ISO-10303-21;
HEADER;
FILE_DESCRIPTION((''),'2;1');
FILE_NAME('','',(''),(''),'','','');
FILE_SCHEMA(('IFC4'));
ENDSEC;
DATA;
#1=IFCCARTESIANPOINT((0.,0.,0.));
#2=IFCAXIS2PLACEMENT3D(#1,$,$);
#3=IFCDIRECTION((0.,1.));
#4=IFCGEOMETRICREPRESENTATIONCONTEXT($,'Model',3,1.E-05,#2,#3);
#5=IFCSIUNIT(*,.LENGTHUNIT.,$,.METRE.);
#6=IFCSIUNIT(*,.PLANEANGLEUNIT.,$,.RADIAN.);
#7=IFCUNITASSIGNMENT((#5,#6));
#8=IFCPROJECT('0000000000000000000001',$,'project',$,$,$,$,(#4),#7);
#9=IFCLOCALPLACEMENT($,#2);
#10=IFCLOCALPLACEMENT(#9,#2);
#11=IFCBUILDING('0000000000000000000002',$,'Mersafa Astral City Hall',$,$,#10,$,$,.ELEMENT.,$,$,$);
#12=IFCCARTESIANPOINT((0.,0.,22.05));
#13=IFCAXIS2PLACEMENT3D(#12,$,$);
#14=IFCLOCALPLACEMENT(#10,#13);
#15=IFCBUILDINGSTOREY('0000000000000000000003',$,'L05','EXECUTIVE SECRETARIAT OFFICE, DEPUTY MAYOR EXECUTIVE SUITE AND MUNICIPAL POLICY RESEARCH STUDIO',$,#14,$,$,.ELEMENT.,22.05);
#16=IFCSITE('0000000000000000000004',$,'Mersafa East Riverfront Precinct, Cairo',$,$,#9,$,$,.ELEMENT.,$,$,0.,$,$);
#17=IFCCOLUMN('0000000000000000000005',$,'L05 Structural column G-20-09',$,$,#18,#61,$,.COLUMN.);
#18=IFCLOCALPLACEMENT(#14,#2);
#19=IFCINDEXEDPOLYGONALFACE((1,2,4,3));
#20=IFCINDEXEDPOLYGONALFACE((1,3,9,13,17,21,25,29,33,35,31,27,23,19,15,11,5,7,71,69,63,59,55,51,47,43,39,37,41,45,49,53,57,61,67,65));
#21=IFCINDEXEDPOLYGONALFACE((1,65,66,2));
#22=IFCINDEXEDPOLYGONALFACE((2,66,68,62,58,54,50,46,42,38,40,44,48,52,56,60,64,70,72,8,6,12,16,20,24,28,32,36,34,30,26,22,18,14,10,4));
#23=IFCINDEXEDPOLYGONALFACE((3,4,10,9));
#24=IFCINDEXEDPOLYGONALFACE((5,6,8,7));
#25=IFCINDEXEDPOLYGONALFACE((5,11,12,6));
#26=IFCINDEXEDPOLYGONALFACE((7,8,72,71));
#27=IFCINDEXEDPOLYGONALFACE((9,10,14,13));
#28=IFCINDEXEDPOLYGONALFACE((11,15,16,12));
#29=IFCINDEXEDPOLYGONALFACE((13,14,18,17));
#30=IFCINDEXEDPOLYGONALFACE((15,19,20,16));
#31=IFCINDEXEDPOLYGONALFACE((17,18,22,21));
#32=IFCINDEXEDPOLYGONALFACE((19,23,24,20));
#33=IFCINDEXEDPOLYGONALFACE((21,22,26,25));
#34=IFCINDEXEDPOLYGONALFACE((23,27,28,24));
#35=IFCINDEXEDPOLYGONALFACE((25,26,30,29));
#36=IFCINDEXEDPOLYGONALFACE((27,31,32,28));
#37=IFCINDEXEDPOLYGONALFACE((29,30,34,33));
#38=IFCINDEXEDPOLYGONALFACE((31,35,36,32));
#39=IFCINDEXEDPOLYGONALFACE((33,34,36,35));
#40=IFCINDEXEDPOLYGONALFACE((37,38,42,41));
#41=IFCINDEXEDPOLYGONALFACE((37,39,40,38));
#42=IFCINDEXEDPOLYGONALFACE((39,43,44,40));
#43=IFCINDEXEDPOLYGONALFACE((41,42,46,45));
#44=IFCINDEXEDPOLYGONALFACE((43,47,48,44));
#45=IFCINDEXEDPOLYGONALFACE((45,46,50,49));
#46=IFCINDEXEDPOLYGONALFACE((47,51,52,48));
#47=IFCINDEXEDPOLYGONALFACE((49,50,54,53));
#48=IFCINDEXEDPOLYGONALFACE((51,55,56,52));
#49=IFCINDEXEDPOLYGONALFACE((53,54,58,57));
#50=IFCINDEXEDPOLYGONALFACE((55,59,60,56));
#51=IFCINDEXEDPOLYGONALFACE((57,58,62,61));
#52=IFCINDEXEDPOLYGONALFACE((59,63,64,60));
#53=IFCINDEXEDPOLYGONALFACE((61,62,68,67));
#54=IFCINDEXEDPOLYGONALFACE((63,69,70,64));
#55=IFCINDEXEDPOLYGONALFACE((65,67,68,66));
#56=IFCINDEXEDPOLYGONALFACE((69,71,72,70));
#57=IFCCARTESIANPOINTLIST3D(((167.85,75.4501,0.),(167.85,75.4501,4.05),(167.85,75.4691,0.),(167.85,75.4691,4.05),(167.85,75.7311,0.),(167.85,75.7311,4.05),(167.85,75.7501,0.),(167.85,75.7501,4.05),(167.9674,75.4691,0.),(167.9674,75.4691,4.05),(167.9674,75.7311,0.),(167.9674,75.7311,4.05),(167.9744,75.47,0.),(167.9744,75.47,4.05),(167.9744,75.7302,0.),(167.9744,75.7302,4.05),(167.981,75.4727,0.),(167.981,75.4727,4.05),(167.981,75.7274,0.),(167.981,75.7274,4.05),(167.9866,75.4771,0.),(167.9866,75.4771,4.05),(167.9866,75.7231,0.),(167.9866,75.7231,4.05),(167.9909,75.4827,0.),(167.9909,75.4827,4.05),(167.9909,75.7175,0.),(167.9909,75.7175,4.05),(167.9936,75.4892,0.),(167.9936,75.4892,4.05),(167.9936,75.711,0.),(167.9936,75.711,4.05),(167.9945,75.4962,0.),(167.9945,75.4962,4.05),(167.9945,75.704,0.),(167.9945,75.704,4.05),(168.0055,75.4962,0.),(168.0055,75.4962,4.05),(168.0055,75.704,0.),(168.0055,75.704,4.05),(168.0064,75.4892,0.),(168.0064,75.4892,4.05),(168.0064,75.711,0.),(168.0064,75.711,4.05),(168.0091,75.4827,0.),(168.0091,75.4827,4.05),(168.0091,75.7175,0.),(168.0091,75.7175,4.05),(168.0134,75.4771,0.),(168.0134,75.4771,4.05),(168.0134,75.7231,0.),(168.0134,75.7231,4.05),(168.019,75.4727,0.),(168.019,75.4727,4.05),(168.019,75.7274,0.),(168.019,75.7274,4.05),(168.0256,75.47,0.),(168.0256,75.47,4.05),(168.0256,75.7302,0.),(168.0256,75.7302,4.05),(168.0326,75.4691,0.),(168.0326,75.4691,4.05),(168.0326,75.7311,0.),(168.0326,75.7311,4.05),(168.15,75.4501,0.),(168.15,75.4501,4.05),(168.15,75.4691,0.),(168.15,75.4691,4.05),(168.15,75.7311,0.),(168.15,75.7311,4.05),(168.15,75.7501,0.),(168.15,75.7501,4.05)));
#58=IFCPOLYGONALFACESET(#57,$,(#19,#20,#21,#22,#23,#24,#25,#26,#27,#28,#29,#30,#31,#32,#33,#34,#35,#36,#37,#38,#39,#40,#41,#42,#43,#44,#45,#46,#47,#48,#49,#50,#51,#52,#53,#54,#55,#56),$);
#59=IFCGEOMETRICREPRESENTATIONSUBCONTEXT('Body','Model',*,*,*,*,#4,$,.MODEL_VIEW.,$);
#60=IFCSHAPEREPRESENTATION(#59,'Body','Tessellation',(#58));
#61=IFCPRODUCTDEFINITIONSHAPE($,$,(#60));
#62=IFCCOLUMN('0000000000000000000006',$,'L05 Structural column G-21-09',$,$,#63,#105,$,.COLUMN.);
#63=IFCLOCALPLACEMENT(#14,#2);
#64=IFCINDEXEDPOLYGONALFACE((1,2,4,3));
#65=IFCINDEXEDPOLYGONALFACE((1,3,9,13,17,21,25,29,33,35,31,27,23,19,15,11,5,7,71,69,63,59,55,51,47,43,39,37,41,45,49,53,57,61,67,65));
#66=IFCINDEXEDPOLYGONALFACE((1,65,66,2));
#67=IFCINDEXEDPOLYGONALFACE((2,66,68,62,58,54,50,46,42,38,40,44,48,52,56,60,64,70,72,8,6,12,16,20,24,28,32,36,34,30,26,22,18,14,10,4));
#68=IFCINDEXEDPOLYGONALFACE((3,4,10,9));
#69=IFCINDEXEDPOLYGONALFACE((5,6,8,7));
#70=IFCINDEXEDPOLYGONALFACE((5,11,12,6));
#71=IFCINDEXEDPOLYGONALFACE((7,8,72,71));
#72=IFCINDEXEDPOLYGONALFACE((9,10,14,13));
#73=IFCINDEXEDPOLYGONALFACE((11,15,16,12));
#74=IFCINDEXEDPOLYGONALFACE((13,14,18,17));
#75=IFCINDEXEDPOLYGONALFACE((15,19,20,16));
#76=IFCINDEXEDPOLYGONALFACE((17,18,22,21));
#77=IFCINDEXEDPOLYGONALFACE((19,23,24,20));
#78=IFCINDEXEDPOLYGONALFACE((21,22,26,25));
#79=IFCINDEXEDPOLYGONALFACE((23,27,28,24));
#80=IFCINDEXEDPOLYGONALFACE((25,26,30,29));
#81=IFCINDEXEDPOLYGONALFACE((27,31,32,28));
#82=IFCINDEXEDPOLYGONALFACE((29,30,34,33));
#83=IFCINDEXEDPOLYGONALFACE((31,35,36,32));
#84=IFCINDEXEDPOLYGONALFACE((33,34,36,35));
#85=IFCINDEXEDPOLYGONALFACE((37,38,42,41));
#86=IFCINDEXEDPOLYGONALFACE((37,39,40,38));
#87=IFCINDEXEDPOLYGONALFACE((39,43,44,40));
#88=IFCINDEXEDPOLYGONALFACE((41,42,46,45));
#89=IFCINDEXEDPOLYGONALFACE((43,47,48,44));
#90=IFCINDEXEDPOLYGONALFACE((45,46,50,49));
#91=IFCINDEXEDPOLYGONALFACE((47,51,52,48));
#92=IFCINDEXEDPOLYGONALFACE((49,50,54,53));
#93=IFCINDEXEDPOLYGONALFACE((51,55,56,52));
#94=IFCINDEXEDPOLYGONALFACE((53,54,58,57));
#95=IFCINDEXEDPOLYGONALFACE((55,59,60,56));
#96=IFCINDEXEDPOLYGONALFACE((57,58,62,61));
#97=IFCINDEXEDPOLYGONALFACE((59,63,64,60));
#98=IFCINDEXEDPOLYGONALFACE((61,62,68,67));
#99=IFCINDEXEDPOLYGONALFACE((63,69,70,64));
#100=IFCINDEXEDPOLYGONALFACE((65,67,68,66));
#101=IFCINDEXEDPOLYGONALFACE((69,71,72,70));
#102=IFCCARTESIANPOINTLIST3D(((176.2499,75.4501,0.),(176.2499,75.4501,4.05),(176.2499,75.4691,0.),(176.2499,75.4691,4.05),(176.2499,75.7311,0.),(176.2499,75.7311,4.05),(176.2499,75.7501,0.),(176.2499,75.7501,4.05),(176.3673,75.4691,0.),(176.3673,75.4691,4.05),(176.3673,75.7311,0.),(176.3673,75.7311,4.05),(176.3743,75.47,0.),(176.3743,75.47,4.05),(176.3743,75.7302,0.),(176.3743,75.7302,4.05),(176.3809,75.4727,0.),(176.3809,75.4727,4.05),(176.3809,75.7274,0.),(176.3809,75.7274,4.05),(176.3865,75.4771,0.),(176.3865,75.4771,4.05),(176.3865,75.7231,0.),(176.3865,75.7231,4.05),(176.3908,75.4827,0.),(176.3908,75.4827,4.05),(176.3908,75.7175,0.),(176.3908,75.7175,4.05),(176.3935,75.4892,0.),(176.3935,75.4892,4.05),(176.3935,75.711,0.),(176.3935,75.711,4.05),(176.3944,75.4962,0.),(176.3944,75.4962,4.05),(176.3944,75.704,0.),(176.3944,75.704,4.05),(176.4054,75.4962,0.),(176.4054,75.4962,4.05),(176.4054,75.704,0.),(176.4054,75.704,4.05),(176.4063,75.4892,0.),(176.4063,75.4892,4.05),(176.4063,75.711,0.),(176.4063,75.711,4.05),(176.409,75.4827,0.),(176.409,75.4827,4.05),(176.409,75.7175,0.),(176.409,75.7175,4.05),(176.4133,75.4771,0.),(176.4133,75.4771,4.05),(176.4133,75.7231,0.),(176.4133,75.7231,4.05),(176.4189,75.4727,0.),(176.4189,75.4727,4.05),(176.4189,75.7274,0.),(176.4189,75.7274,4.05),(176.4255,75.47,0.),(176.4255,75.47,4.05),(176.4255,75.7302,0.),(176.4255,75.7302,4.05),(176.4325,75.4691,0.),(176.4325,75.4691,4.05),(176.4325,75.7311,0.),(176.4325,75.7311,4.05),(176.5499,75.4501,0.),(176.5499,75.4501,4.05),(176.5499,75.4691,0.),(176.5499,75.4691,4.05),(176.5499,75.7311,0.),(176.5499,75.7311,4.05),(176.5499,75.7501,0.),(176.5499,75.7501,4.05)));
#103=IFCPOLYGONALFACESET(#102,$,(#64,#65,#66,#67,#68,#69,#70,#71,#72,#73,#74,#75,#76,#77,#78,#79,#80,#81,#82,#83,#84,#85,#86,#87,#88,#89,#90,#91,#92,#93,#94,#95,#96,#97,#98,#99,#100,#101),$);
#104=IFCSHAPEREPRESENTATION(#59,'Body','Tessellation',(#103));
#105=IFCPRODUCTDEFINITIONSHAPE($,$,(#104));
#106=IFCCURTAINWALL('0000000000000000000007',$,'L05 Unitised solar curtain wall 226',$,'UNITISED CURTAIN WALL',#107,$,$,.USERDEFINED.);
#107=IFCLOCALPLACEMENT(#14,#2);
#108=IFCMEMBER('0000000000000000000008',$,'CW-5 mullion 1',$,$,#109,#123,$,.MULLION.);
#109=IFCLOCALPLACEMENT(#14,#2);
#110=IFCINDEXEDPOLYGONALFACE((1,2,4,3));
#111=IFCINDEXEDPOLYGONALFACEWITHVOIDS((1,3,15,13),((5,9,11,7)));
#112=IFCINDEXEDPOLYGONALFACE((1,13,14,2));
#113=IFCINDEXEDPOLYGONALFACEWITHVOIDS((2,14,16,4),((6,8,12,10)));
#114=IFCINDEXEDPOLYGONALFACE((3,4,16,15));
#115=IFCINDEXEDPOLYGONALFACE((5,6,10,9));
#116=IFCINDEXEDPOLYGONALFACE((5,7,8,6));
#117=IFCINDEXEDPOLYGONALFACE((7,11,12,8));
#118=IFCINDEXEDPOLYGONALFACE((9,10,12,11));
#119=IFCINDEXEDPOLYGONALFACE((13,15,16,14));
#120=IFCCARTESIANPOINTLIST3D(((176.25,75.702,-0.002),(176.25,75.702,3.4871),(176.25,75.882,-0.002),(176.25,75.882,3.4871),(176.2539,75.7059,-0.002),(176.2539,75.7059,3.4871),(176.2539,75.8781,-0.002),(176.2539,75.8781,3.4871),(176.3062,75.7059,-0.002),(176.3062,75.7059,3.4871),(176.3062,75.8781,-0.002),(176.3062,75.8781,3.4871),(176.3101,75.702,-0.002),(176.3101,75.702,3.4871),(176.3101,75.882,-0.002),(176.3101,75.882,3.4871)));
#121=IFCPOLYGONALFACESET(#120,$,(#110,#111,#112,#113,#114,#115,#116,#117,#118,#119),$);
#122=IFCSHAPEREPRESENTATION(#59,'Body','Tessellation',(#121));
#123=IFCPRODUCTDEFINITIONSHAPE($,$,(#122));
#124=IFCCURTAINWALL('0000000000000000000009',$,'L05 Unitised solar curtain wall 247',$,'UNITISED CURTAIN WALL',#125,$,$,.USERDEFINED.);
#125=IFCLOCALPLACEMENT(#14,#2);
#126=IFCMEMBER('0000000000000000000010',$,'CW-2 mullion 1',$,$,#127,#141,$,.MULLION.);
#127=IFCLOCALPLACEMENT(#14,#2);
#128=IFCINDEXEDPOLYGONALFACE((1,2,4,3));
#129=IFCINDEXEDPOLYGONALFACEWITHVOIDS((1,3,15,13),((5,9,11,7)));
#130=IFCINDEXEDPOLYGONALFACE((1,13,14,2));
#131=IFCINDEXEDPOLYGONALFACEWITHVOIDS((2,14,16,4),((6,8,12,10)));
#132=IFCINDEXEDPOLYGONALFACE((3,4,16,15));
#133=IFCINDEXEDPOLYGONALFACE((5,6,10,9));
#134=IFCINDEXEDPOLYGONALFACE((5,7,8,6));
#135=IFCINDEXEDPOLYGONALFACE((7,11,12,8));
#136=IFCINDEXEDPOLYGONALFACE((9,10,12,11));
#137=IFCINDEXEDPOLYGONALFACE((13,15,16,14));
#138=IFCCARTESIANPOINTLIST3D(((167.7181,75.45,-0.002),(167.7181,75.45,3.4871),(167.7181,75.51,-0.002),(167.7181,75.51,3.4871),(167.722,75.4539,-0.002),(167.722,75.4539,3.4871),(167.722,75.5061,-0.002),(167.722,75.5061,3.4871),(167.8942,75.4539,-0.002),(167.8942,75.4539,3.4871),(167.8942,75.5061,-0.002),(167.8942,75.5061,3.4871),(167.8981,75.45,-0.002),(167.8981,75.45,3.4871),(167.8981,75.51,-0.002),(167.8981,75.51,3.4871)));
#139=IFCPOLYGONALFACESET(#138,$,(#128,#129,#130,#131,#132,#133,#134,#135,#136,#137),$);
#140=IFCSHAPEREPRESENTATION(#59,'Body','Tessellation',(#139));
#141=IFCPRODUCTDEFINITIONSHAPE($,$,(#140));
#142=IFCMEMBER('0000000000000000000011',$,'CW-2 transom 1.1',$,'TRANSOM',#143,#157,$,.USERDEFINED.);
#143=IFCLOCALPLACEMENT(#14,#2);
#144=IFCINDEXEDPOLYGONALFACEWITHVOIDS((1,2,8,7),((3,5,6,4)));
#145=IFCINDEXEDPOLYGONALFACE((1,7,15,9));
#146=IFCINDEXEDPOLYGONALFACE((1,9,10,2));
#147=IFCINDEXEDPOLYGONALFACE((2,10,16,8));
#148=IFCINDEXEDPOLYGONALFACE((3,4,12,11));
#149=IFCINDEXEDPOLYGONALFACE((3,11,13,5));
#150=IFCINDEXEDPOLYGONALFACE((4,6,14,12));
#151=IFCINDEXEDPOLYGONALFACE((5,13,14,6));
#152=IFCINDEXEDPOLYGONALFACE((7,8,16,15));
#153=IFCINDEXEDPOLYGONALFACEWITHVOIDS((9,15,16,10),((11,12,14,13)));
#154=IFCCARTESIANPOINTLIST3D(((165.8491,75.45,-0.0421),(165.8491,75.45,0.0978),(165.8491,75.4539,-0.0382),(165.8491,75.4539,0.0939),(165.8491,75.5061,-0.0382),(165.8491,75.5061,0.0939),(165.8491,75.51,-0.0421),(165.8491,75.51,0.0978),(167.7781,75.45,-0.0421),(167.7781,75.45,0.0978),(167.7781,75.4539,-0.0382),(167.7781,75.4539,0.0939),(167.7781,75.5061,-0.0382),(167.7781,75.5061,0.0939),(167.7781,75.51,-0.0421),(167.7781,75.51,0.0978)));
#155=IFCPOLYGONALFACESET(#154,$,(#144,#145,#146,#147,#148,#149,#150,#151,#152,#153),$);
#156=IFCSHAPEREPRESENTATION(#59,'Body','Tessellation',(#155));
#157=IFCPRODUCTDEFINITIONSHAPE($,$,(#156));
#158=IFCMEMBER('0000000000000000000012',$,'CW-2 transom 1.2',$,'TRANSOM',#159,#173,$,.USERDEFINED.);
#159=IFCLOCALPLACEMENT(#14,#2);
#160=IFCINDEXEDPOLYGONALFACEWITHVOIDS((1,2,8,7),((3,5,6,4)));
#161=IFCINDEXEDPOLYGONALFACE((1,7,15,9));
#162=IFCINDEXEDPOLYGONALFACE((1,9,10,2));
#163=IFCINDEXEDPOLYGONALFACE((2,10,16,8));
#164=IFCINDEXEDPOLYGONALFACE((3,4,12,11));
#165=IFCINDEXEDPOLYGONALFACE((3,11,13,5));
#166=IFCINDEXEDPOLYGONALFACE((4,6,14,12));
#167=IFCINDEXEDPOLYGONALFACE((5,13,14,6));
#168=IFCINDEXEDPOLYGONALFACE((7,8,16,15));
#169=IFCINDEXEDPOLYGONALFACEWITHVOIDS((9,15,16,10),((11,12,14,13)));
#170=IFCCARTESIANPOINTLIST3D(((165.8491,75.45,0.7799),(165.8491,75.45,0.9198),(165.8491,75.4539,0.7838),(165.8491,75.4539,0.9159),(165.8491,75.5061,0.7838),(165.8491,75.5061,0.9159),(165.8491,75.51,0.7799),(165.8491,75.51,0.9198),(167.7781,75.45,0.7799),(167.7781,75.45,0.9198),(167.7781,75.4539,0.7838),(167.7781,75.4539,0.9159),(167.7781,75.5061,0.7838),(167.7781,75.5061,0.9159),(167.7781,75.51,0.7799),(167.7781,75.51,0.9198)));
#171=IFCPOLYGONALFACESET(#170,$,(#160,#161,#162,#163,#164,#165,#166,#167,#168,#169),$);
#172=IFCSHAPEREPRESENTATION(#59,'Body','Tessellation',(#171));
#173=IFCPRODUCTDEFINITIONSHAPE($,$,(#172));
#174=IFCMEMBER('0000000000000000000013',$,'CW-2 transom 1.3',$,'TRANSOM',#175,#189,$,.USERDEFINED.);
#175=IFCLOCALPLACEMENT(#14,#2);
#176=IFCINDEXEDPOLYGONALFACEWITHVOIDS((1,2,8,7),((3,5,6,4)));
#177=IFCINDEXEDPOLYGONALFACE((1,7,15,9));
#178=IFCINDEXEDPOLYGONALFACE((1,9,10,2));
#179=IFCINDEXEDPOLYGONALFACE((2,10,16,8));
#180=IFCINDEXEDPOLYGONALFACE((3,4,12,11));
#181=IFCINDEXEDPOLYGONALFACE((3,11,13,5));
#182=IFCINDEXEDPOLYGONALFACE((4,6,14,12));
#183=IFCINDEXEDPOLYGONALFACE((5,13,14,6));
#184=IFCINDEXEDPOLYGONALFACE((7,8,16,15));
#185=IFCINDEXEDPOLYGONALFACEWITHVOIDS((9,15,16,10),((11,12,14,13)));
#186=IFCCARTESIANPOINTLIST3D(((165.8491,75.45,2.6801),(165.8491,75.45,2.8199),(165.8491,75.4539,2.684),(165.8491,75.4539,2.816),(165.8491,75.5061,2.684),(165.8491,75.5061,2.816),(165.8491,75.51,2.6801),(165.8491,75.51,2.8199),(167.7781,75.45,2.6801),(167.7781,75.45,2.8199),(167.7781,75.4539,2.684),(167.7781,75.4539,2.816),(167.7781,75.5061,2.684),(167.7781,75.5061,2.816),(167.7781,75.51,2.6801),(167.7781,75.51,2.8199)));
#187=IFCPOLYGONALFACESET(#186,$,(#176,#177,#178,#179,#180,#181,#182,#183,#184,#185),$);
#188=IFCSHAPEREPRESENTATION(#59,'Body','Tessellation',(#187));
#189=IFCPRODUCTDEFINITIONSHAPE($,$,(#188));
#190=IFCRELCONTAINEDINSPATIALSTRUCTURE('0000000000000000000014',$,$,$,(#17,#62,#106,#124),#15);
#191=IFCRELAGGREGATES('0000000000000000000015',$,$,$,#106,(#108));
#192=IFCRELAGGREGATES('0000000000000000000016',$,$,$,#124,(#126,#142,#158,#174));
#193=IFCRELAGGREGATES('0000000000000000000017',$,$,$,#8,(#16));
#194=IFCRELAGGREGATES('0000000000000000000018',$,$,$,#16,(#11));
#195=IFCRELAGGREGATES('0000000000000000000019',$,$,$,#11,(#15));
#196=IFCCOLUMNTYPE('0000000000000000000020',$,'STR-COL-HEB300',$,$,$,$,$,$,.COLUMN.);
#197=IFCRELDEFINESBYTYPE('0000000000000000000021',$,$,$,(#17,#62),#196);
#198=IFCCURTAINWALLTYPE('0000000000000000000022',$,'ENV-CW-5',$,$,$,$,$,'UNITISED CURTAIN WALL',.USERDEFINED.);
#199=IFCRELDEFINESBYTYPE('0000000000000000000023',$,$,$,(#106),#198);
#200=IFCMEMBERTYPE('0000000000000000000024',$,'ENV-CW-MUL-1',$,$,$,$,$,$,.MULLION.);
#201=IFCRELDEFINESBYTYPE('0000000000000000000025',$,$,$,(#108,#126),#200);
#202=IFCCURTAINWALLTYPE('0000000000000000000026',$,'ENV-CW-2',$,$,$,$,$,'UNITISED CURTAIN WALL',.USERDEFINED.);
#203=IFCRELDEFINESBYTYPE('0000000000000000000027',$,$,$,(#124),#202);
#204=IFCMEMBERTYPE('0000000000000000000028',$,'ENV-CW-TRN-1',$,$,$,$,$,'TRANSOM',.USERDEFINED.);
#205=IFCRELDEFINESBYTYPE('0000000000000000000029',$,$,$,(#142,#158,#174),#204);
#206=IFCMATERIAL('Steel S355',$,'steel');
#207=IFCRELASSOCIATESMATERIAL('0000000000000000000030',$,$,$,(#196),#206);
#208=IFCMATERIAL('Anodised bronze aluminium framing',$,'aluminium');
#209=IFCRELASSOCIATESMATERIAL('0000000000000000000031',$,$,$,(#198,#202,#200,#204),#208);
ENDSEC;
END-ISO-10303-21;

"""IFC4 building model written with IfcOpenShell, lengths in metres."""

from ifc_helpers import new_model, si_unit, direction, frame, origin, origin_2d, place, context, subcontext, project, spatial, hollow_rectangle, i_section, extrude, material, material_profile, profile_set, type_object, element, aggregate, save


model = new_model("IFC4")

# Units and contexts
model_context = context("Model", 3, precision=1e-05, world=origin(), true_north=direction((0.0, 1.0)))
body_context = subcontext(model_context, "Body", "Model", "MODEL_VIEW")
ifc_project = project(units=[si_unit("LENGTHUNIT", "METRE"), si_unit("PLANEANGLEUNIT", "RADIAN")], contexts=[model_context])

# Site, building, storey
site_placement = place(None, origin())
site = spatial("IfcSite", under=ifc_project, at=site_placement, Name="Mersafa East Riverfront Precinct, Cairo", CompositionType="ELEMENT", RefElevation=0.0)
building_placement = place(site_placement, origin())
building = spatial("IfcBuilding", under=site, at=building_placement, Name="Mersafa Astral City Hall", CompositionType="ELEMENT")
storey_placement = place(building_placement, frame((0.0, 0.0, 22.05)))
storey = spatial("IfcBuildingStorey", under=building, at=storey_placement, Name="L05", Description="EXECUTIVE SECRETARIAT OFFICE, DEPUTY MAYOR EXECUTIVE SUITE AND MUNICIPAL POLICY RESEARCH STUDIO", CompositionType="ELEMENT", Elevation=22.05)

# Columns
ifc_material_1 = material(Name="Steel S355", Category="steel")
ifc_material_profile_1 = material_profile(ifc_material_1, i_section(OverallWidth=0.3, OverallDepth=0.3, WebThickness=0.011, FlangeThickness=0.019, FilletRadius=0.0271, at=origin_2d()), Name="HEB 300")
ifc_profile_set_1 = profile_set([ifc_material_profile_1], Name="Steel S355")
column_type = type_object("IfcColumnType", Name="STR-COL-HEB300", PredefinedType="COLUMN", material=ifc_profile_set_1)
for number, where, z_axis, x_axis, name in (
    (1, (168.0, 75.6001, 0.0), (0.0, 0.0, 1.0), (1.0, 0.0, 0.0), "L05 Structural column G-20-09"),
    (2, (176.3999, 75.6001, 0.0), (0.0, 0.0, 1.0), (1.0, 0.0, 0.0), "L05 Structural column G-21-09"),
):
    element("IfcColumn", number, at=place(storey_placement, frame(where, z_axis=z_axis, x_axis=x_axis)), inside=storey, type_object=column_type, Name=name, PredefinedType="COLUMN", context=body_context, shape_type="SweptSolid", body=[
        extrude(i_section(OverallWidth=0.3, OverallDepth=0.3, WebThickness=0.011, FlangeThickness=0.019, FilletRadius=0.0271, at=origin_2d()), origin(), (0.0, 0.0, 1.0), 4.05),
    ])

# Curtain wall, member
ifc_material_2 = material(Name="Anodised bronze aluminium framing", Category="aluminium")
curtain_wall_type_1 = type_object("IfcCurtainWallType", Name="ENV-CW-5", ElementType="UNITISED CURTAIN WALL", PredefinedType="USERDEFINED", material=ifc_material_2)
curtain_wall_1_placement = place(storey_placement, origin())
curtain_wall_1 = element("IfcCurtainWall", 3, at=curtain_wall_1_placement, inside=storey, type_object=curtain_wall_type_1, Name="L05 Unitised solar curtain wall 226", ObjectType="UNITISED CURTAIN WALL", PredefinedType="USERDEFINED")
ifc_material_profile_2 = material_profile(ifc_material_2, hollow_rectangle(XDim=0.0601, YDim=0.1799, WallThickness=0.0039, at=origin_2d()), Name="RHS 60x180x4")
ifc_profile_set_2 = profile_set([ifc_material_profile_2], Name="Anodised bronze aluminium framing")
member_type_1 = type_object("IfcMemberType", Name="ENV-CW-MUL-1", PredefinedType="MULLION", material=ifc_profile_set_2)
member_1_placement = place(storey_placement, frame((176.28, 75.792, -0.002), z_axis=(0.0, 0.0, 1.0), x_axis=(-1.0, 0.0, 0.0)))
member_1 = element("IfcMember", 4, at=member_1_placement, type_object=member_type_1, Name="CW-5 mullion 1", PredefinedType="MULLION", context=body_context, shape_type="SweptSolid", body=[
    extrude(hollow_rectangle(XDim=0.0601, YDim=0.1799, WallThickness=0.0039, at=origin_2d()), origin(), (0.0, 0.0, 1.0), 3.489),
])

# Curtain wall, members
curtain_wall_type_2 = type_object("IfcCurtainWallType", Name="ENV-CW-2", ElementType="UNITISED CURTAIN WALL", PredefinedType="USERDEFINED", material=ifc_material_2)
curtain_wall_2_placement = place(storey_placement, origin())
curtain_wall_2 = element("IfcCurtainWall", 5, at=curtain_wall_2_placement, inside=storey, type_object=curtain_wall_type_2, Name="L05 Unitised solar curtain wall 247", ObjectType="UNITISED CURTAIN WALL", PredefinedType="USERDEFINED")
member_2_placement = place(storey_placement, frame((167.8081, 75.48, -0.002), z_axis=(0.0, 0.0, 1.0), x_axis=(0.0, -1.0, 0.0)))
member_2 = element("IfcMember", 6, at=member_2_placement, type_object=member_type_1, Name="CW-2 mullion 1", PredefinedType="MULLION", context=body_context, shape_type="SweptSolid", body=[
    extrude(hollow_rectangle(XDim=0.0601, YDim=0.1799, WallThickness=0.0039, at=origin_2d()), origin(), (0.0, 0.0, 1.0), 3.489),
])
ifc_material_profile_3 = material_profile(ifc_material_2, hollow_rectangle(XDim=0.0601, YDim=0.1399, WallThickness=0.0039, at=origin_2d()), Name="RHS 60x140x4")
ifc_profile_set_3 = profile_set([ifc_material_profile_3], Name="Anodised bronze aluminium framing")
member_type_2 = type_object("IfcMemberType", Name="ENV-CW-TRN-1", ElementType="TRANSOM", PredefinedType="USERDEFINED", material=ifc_profile_set_3)
member_3_placement = place(storey_placement, frame((167.7781, 75.48, 0.0278), z_axis=(-1.0, 0.0, 0.0), x_axis=(0.0, -1.0, 0.0)))
member_3 = element("IfcMember", 7, at=member_3_placement, type_object=member_type_2, Name="CW-2 transom 1.1", ObjectType="TRANSOM", PredefinedType="USERDEFINED", context=body_context, shape_type="SweptSolid", body=[
    extrude(hollow_rectangle(XDim=0.0601, YDim=0.1399, WallThickness=0.0039, at=origin_2d()), origin(), (0.0, 0.0, 1.0), 1.929),
])
member_4_placement = place(storey_placement, frame((167.7781, 75.48, 0.8499), z_axis=(-1.0, 0.0, 0.0), x_axis=(0.0, -1.0, 0.0)))
member_4 = element("IfcMember", 8, at=member_4_placement, type_object=member_type_2, Name="CW-2 transom 1.2", ObjectType="TRANSOM", PredefinedType="USERDEFINED", context=body_context, shape_type="SweptSolid", body=[
    extrude(hollow_rectangle(XDim=0.0601, YDim=0.1399, WallThickness=0.0039, at=origin_2d()), origin(), (0.0, 0.0, 1.0), 1.929),
])
member_5_placement = place(storey_placement, frame((167.7781, 75.48, 2.75), z_axis=(-1.0, 0.0, 0.0), x_axis=(0.0, -1.0, 0.0)))
member_5 = element("IfcMember", 9, at=member_5_placement, type_object=member_type_2, Name="CW-2 transom 1.3", ObjectType="TRANSOM", PredefinedType="USERDEFINED", context=body_context, shape_type="SweptSolid", body=[
    extrude(hollow_rectangle(XDim=0.0601, YDim=0.1399, WallThickness=0.0039, at=origin_2d()), origin(), (0.0, 0.0, 1.0), 1.929),
])

aggregate(curtain_wall_1, [member_1])
aggregate(curtain_wall_2, [member_2, member_3, member_4, member_5])

save(model, "model.ifc")
